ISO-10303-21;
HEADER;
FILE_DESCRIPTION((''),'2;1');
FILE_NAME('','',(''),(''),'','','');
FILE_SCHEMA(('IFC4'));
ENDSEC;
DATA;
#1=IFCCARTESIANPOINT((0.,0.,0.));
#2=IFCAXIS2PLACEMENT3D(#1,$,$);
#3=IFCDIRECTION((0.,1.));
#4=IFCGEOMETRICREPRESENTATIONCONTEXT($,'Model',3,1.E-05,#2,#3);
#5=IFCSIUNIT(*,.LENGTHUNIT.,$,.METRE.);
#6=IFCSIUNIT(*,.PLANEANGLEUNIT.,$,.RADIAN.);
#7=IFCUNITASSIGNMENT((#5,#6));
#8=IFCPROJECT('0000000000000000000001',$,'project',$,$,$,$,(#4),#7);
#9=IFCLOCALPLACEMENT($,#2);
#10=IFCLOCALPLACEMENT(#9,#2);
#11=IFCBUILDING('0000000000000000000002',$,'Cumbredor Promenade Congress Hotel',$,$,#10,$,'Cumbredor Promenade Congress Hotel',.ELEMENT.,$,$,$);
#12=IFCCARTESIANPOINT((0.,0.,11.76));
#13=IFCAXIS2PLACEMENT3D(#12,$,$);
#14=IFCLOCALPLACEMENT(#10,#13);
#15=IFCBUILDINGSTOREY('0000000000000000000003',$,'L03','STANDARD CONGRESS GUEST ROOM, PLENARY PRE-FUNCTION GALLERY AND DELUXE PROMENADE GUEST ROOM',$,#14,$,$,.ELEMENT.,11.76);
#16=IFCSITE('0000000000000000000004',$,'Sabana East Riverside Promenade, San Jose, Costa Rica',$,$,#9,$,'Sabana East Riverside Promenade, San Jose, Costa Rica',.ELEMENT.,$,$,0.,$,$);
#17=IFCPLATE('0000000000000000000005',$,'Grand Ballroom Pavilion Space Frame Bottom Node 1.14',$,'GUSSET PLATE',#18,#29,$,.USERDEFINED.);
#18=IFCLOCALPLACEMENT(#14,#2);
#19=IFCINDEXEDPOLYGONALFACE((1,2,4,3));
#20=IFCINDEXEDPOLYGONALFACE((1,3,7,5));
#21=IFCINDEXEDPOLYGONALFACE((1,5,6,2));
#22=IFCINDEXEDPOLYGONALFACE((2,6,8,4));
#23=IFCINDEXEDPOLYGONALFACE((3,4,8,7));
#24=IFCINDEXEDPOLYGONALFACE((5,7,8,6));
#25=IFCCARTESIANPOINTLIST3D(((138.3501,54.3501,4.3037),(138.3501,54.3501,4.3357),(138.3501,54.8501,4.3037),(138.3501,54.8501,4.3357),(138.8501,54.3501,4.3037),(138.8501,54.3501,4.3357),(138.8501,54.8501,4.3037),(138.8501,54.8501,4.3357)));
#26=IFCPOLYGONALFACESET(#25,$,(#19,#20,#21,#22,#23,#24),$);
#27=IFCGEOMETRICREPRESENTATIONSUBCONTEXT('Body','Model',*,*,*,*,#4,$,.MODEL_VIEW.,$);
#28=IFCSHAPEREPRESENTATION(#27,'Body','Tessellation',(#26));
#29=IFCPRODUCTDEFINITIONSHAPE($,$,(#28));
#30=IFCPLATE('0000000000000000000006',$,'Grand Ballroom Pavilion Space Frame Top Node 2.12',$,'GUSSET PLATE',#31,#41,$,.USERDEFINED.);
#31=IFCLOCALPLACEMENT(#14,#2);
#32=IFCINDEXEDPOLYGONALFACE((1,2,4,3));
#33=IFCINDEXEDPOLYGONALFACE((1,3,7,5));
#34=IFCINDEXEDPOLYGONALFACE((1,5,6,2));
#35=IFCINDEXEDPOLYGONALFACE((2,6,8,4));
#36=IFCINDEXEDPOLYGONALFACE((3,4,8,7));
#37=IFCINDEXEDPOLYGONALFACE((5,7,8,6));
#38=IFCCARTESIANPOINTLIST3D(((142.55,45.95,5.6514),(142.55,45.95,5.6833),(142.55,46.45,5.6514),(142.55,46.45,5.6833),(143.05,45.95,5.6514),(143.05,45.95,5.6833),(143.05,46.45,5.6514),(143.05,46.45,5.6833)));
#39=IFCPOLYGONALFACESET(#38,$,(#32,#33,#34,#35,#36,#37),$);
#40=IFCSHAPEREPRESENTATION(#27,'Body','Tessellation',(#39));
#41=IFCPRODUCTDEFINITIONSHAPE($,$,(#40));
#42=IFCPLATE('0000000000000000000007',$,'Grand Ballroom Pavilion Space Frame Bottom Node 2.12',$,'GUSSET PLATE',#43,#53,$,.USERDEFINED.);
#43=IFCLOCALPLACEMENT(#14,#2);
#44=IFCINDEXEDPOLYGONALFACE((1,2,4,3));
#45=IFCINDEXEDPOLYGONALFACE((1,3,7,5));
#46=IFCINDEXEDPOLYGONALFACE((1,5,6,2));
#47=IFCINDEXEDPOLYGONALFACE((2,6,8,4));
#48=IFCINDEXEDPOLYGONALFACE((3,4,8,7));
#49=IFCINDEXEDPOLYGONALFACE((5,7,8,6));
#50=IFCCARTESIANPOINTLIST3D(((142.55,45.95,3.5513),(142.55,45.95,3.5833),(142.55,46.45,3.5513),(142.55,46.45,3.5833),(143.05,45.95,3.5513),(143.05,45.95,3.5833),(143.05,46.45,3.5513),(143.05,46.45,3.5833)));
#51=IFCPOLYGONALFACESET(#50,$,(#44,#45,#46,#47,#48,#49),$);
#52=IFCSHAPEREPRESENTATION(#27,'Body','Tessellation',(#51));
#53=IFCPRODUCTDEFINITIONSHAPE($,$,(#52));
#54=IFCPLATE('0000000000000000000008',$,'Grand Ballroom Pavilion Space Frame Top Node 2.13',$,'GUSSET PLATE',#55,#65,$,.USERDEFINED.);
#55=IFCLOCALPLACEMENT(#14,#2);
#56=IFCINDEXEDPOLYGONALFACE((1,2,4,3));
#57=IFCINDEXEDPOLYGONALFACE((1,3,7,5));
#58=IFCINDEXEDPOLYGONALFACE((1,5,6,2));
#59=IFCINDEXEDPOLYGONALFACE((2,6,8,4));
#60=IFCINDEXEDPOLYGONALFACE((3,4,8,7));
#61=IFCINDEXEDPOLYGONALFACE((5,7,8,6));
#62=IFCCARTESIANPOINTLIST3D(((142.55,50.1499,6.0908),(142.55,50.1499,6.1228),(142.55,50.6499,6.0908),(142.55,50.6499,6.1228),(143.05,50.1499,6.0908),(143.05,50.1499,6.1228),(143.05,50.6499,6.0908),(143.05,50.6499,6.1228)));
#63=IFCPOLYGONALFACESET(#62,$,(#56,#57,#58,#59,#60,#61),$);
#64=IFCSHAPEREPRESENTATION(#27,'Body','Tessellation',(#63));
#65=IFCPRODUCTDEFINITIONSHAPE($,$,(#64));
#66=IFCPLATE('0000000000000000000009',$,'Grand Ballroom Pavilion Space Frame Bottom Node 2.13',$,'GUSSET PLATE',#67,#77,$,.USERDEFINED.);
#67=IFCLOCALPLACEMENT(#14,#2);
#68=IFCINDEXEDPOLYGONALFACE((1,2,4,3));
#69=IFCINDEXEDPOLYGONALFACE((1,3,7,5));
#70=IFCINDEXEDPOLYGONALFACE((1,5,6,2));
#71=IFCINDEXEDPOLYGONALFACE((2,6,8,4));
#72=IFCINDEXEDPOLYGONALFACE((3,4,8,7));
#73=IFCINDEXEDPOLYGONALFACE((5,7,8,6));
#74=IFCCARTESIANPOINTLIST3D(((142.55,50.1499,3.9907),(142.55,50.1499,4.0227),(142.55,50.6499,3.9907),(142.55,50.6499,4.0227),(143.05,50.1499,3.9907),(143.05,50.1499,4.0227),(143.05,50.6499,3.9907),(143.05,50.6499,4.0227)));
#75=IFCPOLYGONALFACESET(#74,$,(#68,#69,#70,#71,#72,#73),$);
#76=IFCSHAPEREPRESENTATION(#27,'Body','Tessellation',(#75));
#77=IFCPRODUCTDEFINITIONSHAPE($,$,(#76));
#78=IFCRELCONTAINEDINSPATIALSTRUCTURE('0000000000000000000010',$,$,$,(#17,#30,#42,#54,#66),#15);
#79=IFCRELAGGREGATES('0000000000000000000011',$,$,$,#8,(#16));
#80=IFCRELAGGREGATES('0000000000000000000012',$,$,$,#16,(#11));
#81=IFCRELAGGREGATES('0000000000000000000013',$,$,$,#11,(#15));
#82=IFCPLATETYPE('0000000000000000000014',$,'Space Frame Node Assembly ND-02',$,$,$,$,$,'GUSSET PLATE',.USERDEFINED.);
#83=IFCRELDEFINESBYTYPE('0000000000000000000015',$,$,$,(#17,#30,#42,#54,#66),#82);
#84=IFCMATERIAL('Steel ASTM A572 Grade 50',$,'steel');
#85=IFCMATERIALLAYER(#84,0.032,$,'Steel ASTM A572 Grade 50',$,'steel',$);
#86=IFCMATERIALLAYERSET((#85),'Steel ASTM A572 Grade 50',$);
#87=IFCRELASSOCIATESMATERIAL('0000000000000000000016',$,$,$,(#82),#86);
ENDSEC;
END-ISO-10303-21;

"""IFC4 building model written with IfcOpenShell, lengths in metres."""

from ifc_helpers import new_model, si_unit, direction, frame, origin, origin_2d, place, context, subcontext, project, spatial, rectangle, extrude, material, layer, layer_set, type_object, element, save


model = new_model("IFC4")

# Units and contexts
model_context = context("Model", 3, precision=1e-05, world=origin(), true_north=direction((0.0, 1.0)))
body_context = subcontext(model_context, "Body", "Model", "MODEL_VIEW")
ifc_project = project(units=[si_unit("LENGTHUNIT", "METRE"), si_unit("PLANEANGLEUNIT", "RADIAN")], contexts=[model_context])

# Site, building, storey
site_placement = place(None, origin())
site = spatial("IfcSite", under=ifc_project, at=site_placement, Name="Sabana East Riverside Promenade, San Jose, Costa Rica", LongName="Sabana East Riverside Promenade, San Jose, Costa Rica", CompositionType="ELEMENT", RefElevation=0.0)
building_placement = place(site_placement, origin())
building = spatial("IfcBuilding", under=site, at=building_placement, Name="Cumbredor Promenade Congress Hotel", LongName="Cumbredor Promenade Congress Hotel", CompositionType="ELEMENT")
storey_placement = place(building_placement, frame((0.0, 0.0, 11.76)))
storey = spatial("IfcBuildingStorey", under=building, at=storey_placement, Name="L03", Description="STANDARD CONGRESS GUEST ROOM, PLENARY PRE-FUNCTION GALLERY AND DELUXE PROMENADE GUEST ROOM", CompositionType="ELEMENT", Elevation=11.76)

# Plates
ifc_material_1 = material(Name="Steel ASTM A572 Grade 50", Category="steel")
ifc_layer = layer(ifc_material_1, 0.032, Name="Steel ASTM A572 Grade 50", Category="steel")
ifc_layer_set = layer_set([ifc_layer], Name="Steel ASTM A572 Grade 50")
plate_type = type_object("IfcPlateType", Name="Space Frame Node Assembly ND-02", ElementType="GUSSET PLATE", PredefinedType="USERDEFINED", material=ifc_layer_set)
for number, where, z_axis, x_axis, name in (
    (1, (138.6001, 54.6001, 4.3037), (0.0, 0.0, 1.0), (1.0, 0.0, 0.0), "Grand Ballroom Pavilion Space Frame Bottom Node 1.14"),
    (2, (142.8, 46.2, 5.6514), (0.0, 0.0, 1.0), (1.0, 0.0, 0.0), "Grand Ballroom Pavilion Space Frame Top Node 2.12"),
    (3, (142.8, 46.2, 3.5513), (0.0, 0.0, 1.0), (1.0, 0.0, 0.0), "Grand Ballroom Pavilion Space Frame Bottom Node 2.12"),
    (4, (142.8, 50.3999, 6.0908), (0.0, 0.0, 1.0), (1.0, 0.0, 0.0), "Grand Ballroom Pavilion Space Frame Top Node 2.13"),
    (5, (142.8, 50.3999, 3.9907), (0.0, 0.0, 1.0), (1.0, 0.0, 0.0), "Grand Ballroom Pavilion Space Frame Bottom Node 2.13"),
):
    element("IfcPlate", number, at=place(storey_placement, frame(where, z_axis=z_axis, x_axis=x_axis)), inside=storey, type_object=plate_type, Name=name, ObjectType="GUSSET PLATE", PredefinedType="USERDEFINED", context=body_context, shape_type="SweptSolid", body=[
        extrude(rectangle(XDim=0.5, YDim=0.5, at=origin_2d()), origin(), (0.0, 0.0, 1.0), 0.032),
    ])

save(model, "model.ifc")
